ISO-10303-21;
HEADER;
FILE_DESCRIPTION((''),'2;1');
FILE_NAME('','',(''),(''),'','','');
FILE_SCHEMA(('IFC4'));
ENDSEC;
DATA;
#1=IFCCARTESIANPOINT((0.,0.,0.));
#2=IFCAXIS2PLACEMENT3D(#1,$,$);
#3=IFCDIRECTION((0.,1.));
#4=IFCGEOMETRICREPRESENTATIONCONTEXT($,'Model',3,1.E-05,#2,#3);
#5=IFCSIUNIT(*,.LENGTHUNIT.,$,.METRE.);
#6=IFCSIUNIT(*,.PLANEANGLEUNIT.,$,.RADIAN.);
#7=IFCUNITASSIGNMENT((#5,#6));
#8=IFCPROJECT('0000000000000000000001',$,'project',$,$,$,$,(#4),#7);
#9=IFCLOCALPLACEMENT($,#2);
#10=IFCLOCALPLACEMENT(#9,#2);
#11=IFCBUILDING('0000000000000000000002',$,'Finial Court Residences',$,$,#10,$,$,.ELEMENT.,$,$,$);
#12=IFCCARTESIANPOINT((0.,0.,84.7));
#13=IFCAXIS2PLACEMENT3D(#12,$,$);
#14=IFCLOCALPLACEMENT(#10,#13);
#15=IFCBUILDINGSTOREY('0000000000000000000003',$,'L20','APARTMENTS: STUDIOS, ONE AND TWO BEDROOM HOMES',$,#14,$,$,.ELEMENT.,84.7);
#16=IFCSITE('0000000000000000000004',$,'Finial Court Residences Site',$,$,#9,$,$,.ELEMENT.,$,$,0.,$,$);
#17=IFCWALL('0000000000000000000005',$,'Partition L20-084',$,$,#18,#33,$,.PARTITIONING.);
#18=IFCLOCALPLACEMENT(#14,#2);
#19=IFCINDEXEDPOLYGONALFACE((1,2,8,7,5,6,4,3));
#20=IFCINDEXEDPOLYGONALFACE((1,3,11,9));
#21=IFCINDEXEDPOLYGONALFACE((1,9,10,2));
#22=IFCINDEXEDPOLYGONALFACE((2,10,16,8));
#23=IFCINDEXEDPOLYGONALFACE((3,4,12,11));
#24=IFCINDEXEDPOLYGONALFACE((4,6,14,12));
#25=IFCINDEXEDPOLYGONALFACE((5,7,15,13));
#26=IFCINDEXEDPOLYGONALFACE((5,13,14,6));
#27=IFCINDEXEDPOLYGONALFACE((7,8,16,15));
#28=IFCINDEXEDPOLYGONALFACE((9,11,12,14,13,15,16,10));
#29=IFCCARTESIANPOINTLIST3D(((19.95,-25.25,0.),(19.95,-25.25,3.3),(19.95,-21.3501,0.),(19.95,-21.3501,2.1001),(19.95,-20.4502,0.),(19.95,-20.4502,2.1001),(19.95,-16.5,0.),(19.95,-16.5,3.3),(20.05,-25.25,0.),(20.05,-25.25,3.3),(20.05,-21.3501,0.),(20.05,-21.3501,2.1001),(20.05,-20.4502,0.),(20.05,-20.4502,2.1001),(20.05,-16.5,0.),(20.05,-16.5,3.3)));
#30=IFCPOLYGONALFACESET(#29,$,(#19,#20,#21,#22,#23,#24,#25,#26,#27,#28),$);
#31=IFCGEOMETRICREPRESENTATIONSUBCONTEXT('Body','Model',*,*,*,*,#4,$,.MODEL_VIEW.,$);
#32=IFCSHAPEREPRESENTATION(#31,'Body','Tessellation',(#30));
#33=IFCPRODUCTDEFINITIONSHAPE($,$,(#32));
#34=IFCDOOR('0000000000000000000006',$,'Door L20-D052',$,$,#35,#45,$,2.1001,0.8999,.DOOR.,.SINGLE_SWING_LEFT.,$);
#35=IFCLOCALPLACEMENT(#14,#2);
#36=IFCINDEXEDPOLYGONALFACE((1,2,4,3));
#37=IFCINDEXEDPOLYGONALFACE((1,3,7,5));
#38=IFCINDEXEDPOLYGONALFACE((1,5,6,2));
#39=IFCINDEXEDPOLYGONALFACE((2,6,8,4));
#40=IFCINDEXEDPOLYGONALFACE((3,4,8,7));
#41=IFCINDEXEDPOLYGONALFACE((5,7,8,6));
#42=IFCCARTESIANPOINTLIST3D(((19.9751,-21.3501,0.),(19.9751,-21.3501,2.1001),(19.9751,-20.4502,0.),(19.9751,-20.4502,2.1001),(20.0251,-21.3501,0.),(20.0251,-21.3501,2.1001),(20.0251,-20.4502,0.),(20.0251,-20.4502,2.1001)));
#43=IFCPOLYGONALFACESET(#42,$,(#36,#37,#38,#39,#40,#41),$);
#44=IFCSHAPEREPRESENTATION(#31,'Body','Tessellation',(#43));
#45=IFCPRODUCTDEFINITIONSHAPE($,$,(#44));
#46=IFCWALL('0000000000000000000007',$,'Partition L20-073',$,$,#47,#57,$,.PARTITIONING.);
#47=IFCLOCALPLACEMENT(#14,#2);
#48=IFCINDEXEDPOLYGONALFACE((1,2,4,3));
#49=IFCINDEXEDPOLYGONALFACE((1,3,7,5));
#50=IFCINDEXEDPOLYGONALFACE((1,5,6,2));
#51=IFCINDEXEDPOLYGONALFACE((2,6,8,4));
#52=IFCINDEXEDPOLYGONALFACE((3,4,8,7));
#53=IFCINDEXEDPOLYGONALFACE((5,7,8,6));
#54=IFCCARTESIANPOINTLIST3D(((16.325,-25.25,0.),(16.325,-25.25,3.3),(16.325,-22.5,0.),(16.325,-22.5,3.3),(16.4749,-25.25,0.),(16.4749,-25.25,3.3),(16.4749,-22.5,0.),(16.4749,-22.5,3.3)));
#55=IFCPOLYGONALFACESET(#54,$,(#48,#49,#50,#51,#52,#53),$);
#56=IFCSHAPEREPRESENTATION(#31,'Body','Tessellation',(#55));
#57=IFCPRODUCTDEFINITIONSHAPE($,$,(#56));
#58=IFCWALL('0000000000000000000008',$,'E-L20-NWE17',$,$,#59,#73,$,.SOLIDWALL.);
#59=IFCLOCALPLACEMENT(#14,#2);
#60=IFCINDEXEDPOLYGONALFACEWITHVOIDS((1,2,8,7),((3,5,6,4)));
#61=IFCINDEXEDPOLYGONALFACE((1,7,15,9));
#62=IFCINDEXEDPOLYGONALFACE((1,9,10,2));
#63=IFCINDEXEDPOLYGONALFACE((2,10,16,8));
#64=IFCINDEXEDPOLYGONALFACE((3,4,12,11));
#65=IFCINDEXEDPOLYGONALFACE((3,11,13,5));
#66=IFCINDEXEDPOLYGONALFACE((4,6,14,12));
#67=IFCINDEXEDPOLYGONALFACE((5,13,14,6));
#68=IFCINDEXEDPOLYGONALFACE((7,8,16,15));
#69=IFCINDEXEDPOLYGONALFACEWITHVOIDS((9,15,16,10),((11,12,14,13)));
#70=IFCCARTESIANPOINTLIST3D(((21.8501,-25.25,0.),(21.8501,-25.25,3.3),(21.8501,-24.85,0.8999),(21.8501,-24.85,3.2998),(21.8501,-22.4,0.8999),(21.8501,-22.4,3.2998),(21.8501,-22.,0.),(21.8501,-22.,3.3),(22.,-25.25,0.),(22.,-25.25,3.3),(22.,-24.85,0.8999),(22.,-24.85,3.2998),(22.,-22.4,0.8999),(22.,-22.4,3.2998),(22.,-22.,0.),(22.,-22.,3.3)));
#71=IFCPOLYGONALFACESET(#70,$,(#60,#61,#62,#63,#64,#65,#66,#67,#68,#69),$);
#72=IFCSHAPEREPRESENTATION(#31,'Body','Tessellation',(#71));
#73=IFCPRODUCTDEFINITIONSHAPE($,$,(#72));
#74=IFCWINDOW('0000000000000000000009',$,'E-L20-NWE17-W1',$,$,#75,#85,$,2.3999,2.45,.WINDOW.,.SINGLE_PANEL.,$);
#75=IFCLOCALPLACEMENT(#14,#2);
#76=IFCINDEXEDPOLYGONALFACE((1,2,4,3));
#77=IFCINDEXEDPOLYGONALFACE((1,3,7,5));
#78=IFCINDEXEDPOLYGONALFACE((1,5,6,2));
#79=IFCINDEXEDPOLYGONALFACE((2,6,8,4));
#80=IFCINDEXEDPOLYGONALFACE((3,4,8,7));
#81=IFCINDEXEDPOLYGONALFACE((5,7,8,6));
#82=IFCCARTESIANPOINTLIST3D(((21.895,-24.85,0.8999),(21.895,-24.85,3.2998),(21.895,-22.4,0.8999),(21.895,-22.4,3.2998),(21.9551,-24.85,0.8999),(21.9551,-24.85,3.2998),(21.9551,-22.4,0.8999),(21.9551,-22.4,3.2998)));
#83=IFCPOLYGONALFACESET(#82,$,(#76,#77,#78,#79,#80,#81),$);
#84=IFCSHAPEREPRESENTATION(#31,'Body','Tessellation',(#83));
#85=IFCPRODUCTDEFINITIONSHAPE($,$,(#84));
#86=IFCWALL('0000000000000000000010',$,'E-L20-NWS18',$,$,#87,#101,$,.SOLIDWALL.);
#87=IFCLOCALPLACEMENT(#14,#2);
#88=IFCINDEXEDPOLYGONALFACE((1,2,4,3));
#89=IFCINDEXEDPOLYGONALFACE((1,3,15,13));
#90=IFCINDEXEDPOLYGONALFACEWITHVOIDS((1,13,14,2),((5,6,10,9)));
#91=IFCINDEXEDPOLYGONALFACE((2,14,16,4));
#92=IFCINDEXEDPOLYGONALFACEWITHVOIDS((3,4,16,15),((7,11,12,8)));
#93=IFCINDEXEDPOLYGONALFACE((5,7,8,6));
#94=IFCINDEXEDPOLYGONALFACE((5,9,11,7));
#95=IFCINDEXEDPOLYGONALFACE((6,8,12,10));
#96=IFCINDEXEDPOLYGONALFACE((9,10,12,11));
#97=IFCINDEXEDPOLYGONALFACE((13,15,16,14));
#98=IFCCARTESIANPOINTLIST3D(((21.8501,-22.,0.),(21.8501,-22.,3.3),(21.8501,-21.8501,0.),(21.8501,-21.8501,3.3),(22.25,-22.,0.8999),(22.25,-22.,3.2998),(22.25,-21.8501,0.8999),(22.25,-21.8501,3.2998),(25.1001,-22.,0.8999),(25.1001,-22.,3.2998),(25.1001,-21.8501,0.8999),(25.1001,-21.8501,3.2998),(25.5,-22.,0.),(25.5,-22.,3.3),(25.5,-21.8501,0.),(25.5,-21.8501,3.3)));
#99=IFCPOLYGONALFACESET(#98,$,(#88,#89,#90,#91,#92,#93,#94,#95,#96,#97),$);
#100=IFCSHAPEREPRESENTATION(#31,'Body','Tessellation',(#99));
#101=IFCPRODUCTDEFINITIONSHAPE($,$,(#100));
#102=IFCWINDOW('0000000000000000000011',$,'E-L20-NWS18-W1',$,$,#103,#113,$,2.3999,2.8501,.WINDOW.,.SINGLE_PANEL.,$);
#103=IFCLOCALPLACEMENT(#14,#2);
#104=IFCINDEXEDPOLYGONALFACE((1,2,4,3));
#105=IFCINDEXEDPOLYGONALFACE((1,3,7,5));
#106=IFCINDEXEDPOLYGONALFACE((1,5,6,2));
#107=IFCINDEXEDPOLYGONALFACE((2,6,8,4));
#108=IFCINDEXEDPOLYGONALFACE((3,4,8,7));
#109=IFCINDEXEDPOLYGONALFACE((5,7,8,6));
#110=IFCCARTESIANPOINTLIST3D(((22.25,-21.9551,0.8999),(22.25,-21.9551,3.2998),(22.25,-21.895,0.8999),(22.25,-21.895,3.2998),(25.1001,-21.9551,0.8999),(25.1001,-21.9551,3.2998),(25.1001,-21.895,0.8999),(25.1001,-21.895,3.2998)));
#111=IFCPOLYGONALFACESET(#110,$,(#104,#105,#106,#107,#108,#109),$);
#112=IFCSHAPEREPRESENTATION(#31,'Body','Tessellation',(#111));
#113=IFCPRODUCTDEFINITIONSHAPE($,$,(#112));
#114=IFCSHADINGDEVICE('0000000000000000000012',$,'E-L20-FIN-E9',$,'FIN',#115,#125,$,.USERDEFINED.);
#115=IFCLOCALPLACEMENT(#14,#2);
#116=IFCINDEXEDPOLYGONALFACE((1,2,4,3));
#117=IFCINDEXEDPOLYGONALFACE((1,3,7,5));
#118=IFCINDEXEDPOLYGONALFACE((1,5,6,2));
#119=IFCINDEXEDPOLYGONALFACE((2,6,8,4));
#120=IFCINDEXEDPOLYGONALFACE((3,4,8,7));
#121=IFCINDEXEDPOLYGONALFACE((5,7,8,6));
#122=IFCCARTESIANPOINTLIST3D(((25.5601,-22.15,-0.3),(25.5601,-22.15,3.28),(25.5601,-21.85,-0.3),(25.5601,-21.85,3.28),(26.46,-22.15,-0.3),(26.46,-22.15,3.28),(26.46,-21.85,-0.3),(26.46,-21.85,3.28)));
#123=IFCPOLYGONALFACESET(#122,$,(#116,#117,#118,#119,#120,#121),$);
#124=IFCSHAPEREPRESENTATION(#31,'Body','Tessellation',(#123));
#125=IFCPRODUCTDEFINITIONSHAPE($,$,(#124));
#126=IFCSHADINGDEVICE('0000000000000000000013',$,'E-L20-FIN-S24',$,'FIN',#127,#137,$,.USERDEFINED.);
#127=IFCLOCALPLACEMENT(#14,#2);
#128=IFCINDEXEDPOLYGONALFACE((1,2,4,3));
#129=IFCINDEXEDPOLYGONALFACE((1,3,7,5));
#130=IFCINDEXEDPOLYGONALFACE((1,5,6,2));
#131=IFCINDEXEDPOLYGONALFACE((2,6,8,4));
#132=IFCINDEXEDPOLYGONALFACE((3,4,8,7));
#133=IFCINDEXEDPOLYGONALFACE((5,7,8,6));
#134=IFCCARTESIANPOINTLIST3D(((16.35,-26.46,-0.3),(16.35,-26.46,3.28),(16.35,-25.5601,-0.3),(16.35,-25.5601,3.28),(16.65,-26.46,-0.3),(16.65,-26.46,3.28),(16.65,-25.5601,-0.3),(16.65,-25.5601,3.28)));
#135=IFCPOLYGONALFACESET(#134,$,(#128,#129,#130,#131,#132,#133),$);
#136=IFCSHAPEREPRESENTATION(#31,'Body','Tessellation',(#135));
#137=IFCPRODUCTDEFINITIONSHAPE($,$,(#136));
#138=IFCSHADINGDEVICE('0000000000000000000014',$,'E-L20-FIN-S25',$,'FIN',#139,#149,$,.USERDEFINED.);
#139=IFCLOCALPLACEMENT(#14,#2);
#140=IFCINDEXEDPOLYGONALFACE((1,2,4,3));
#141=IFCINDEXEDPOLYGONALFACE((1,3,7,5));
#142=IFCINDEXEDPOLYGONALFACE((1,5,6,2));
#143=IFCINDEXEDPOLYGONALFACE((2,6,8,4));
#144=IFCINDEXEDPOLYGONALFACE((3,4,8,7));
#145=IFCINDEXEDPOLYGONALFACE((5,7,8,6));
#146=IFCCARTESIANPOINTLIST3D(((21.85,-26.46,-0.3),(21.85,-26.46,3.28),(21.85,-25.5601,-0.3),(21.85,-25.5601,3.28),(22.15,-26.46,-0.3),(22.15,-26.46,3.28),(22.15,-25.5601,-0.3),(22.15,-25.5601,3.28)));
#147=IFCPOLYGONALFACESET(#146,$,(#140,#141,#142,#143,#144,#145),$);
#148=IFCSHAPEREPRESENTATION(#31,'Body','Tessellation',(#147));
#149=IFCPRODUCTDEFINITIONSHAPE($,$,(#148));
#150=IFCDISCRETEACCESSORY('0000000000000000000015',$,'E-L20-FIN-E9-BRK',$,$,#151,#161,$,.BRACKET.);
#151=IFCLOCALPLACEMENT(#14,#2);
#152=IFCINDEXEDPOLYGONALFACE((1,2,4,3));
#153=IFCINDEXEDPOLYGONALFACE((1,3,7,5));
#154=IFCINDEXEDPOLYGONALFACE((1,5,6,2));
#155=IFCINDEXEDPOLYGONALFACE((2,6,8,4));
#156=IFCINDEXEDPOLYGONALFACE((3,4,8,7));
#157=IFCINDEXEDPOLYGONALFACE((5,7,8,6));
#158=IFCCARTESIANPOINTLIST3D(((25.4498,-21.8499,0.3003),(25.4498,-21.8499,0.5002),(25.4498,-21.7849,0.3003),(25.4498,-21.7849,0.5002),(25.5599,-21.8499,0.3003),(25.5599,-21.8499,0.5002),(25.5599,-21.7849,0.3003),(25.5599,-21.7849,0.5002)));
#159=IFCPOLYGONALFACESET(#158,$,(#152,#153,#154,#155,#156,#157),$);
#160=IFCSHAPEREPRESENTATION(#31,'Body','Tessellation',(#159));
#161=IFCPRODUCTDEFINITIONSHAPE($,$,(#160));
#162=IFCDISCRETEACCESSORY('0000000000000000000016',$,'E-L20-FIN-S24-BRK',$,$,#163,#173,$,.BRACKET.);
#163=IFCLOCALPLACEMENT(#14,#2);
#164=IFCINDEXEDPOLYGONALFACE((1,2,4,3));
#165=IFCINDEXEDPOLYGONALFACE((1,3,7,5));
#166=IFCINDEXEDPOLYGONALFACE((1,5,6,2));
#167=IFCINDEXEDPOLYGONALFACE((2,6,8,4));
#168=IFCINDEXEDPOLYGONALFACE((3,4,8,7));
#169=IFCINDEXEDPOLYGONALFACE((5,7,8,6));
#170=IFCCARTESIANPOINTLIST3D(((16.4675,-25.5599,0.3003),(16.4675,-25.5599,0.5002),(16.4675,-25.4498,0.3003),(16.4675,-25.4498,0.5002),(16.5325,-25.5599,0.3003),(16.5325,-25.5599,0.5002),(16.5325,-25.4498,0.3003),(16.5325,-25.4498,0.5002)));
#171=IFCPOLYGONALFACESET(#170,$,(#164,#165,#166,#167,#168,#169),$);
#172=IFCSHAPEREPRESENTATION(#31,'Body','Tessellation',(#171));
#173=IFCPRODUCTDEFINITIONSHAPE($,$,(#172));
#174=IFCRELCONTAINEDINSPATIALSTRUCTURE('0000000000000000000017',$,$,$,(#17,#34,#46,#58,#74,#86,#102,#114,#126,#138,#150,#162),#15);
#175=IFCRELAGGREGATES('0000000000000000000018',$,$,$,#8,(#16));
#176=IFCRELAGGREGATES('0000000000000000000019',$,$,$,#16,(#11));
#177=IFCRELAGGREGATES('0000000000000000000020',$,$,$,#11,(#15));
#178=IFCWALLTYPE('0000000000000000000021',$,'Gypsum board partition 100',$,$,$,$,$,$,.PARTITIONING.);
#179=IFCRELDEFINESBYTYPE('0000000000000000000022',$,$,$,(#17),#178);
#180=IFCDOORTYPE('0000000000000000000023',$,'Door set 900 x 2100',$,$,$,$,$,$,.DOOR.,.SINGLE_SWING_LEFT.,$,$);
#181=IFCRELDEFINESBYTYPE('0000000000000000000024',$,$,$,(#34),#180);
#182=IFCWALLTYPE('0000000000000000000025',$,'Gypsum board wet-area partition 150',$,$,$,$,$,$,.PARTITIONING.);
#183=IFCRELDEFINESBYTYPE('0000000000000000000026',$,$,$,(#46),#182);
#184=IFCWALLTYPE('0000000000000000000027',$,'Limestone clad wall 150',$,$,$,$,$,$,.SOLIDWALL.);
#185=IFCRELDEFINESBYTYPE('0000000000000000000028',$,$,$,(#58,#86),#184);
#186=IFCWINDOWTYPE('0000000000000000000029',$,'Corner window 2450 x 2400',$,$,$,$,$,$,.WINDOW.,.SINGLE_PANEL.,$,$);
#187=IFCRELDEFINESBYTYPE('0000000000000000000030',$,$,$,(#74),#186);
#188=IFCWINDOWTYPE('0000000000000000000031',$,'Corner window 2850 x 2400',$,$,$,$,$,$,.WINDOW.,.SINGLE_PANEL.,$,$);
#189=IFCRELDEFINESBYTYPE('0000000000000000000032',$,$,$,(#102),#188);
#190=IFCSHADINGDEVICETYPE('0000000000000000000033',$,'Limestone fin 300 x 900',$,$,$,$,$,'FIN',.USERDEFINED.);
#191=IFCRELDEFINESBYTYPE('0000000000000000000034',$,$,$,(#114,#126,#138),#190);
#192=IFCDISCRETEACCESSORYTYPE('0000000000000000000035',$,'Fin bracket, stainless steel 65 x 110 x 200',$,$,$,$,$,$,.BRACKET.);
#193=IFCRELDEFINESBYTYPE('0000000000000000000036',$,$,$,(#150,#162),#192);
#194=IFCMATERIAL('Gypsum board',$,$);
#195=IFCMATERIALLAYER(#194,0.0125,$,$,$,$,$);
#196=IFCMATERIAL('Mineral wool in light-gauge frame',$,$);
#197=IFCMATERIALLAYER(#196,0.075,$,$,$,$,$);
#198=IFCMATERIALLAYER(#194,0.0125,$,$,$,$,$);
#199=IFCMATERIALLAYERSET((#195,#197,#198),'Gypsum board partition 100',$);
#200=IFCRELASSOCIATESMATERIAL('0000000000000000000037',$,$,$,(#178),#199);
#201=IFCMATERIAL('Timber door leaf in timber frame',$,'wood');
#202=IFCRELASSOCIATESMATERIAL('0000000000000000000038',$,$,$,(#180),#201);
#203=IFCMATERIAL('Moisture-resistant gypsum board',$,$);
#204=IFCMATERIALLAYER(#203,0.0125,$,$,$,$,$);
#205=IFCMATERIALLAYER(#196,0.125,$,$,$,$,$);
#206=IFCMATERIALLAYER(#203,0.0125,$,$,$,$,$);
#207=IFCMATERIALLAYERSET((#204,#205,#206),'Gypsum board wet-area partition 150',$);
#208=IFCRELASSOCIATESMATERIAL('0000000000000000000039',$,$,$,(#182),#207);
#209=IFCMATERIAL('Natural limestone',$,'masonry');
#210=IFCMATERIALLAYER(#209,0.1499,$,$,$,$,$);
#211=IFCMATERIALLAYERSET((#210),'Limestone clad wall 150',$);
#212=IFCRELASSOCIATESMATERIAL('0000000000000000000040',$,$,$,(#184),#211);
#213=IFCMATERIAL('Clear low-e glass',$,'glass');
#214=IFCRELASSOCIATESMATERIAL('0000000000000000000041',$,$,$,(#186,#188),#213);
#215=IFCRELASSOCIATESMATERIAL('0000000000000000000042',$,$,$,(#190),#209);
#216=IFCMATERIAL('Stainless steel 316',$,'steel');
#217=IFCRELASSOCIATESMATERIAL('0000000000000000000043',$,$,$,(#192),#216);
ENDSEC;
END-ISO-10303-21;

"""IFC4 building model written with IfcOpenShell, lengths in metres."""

from ifc_helpers import new_model, si_unit, direction, frame, frame_2d, origin, origin_2d, place, context, subcontext, project, spatial, rectangle, extrude, material, layer, layer_set, type_object, element, fill, save


model = new_model("IFC4")

# Units and contexts
model_context = context("Model", 3, precision=1e-05, world=origin(), true_north=direction((0.0, 1.0)))
body_context = subcontext(model_context, "Body", "Model", "MODEL_VIEW")
ifc_project = project(units=[si_unit("LENGTHUNIT", "METRE"), si_unit("PLANEANGLEUNIT", "RADIAN")], contexts=[model_context])

# Site, building, storey
site_placement = place(None, origin())
site = spatial("IfcSite", under=ifc_project, at=site_placement, Name="Finial Court Residences Site", CompositionType="ELEMENT", RefElevation=0.0)
building_placement = place(site_placement, origin())
building = spatial("IfcBuilding", under=site, at=building_placement, Name="Finial Court Residences", CompositionType="ELEMENT")
storey_placement = place(building_placement, frame((0.0, 0.0, 84.7)))
storey = spatial("IfcBuildingStorey", under=building, at=storey_placement, Name="L20", Description="APARTMENTS: STUDIOS, ONE AND TWO BEDROOM HOMES", CompositionType="ELEMENT", Elevation=84.7)

# Shared definitions
ifc_material_1 = material(Name="Clear low-e glass", Category="glass")

# Shared definitions
ifc_material_2 = material(Name="Gypsum board")
ifc_layer_1 = layer(ifc_material_2, 0.0125)
ifc_material_3 = material(Name="Mineral wool in light-gauge frame")
ifc_layer_2 = layer(ifc_material_3, 0.075)
ifc_layer_3 = layer(ifc_material_2, 0.0125)
ifc_layer_set_1 = layer_set([ifc_layer_1, ifc_layer_2, ifc_layer_3], Name="Gypsum board partition 100")
wall_type_1 = type_object("IfcWallType", Name="Gypsum board partition 100", PredefinedType="PARTITIONING", material=ifc_layer_set_1)

# Wall, opening, door
wall_1_placement = place(storey_placement, frame((20.0, -25.25, 0.0), z_axis=(0.0, 0.0, 1.0), x_axis=(0.0, 1.0, 0.0)))
wall_1 = element("IfcWall", 1, at=wall_1_placement, inside=storey, type_object=wall_type_1, Name="Partition L20-084", PredefinedType="PARTITIONING", context=body_context, shape_type="SweptSolid", body=[
    extrude(rectangle(XDim=8.75, YDim=0.1001, at=frame_2d((4.375, 0.0))), origin(), (0.0, 0.0, 1.0), 3.3),
])
opening_1_placement = place(wall_1_placement, frame((3.8999, 0.0, 0.0)))
opening_1 = element("IfcOpeningElement", 2, at=opening_1_placement, cuts=wall_1, PredefinedType="OPENING", context=body_context, shape_type="SweptSolid", body=[
    extrude(rectangle(XDim=0.8999, YDim=2.1001, at=frame_2d((0.45, 1.05))), frame((0.0, 0.0601, 0.0), z_axis=(0.0, -1.0, 0.0), x_axis=(1.0, 0.0, 0.0)), (0.0, 0.0, 1.0), 0.1201),
])
ifc_material_4 = material(Name="Timber door leaf in timber frame", Category="wood")
door_type = type_object("IfcDoorType", Name="Door set 900 x 2100", OperationType="SINGLE_SWING_LEFT", PredefinedType="DOOR", material=ifc_material_4)
door_placement = place(opening_1_placement, origin())
door = element("IfcDoor", 3, at=door_placement, inside=storey, type_object=door_type, Name="Door L20-D052", OperationType="SINGLE_SWING_LEFT", OverallHeight=2.1001, OverallWidth=0.8999, PredefinedType="DOOR", context=body_context, shape_type="SweptSolid", body=[
    extrude(rectangle(XDim=0.8999, YDim=2.1001, at=frame_2d((0.45, 1.05))), frame((0.0, 0.0249, 0.0), z_axis=(0.0, -1.0, 0.0), x_axis=(1.0, 0.0, 0.0)), (0.0, 0.0, 1.0), 0.05),
])
fill(opening_1, door)

# Wall
ifc_material_5 = material(Name="Moisture-resistant gypsum board")
ifc_layer_4 = layer(ifc_material_5, 0.0125)
ifc_layer_5 = layer(ifc_material_3, 0.125)
ifc_layer_6 = layer(ifc_material_5, 0.0125)
ifc_layer_set_2 = layer_set([ifc_layer_4, ifc_layer_5, ifc_layer_6], Name="Gypsum board wet-area partition 150")
wall_type_2 = type_object("IfcWallType", Name="Gypsum board wet-area partition 150", PredefinedType="PARTITIONING", material=ifc_layer_set_2)
wall_2_placement = place(storey_placement, frame((16.3999, -25.25, 0.0), z_axis=(0.0, 0.0, 1.0), x_axis=(0.0, 1.0, 0.0)))
element("IfcWall", 4, at=wall_2_placement, inside=storey, type_object=wall_type_2, Name="Partition L20-073", PredefinedType="PARTITIONING", context=body_context, shape_type="SweptSolid", body=[
    extrude(rectangle(XDim=2.75, YDim=0.1499, at=frame_2d((1.375, 0.0))), origin(), (0.0, 0.0, 1.0), 3.3),
])

# Walls, openings, windows
ifc_material_6 = material(Name="Natural limestone", Category="masonry")
ifc_layer_7 = layer(ifc_material_6, 0.1499)
ifc_layer_set_3 = layer_set([ifc_layer_7], Name="Limestone clad wall 150")
wall_type_3 = type_object("IfcWallType", Name="Limestone clad wall 150", PredefinedType="SOLIDWALL", material=ifc_layer_set_3)
wall_3_placement = place(storey_placement, frame((21.925, -22.0, 0.0), z_axis=(0.0, 0.0, 1.0), x_axis=(0.0, -1.0, 0.0)))
wall_3 = element("IfcWall", 5, at=wall_3_placement, inside=storey, type_object=wall_type_3, Name="E-L20-NWE17", PredefinedType="SOLIDWALL", context=body_context, shape_type="SweptSolid", body=[
    extrude(rectangle(XDim=3.25, YDim=0.1499, at=frame_2d((1.625, 0.0))), origin(), (0.0, 0.0, 1.0), 3.3),
])
opening_2_placement = place(wall_3_placement, frame((0.3999, 0.0, 0.8999)))
opening_2 = element("IfcOpeningElement", 6, at=opening_2_placement, cuts=wall_3, PredefinedType="OPENING", context=body_context, shape_type="SweptSolid", body=[
    extrude(rectangle(XDim=2.45, YDim=2.3999, at=frame_2d((1.2251, 1.2))), frame((0.0, 0.085, 0.0), z_axis=(0.0, -1.0, 0.0), x_axis=(1.0, 0.0, 0.0)), (0.0, 0.0, 1.0), 0.1699),
])
window_type_1 = type_object("IfcWindowType", Name="Corner window 2450 x 2400", PartitioningType="SINGLE_PANEL", PredefinedType="WINDOW", material=ifc_material_1)
window_1_placement = place(opening_2_placement, origin())
window_1 = element("IfcWindow", 7, at=window_1_placement, inside=storey, type_object=window_type_1, Name="E-L20-NWE17-W1", OverallHeight=2.3999, OverallWidth=2.45, PartitioningType="SINGLE_PANEL", PredefinedType="WINDOW", context=body_context, shape_type="SweptSolid", body=[
    extrude(rectangle(XDim=2.45, YDim=2.3999, at=frame_2d((1.2251, 1.2))), frame((0.0, 0.03, 0.0), z_axis=(0.0, -1.0, 0.0), x_axis=(1.0, 0.0, 0.0)), (0.0, 0.0, 1.0), 0.0601),
])
fill(opening_2, window_1)
wall_4_placement = place(storey_placement, frame((25.5, -21.925, 0.0), z_axis=(0.0, 0.0, 1.0), x_axis=(-1.0, 0.0, 0.0)))
wall_4 = element("IfcWall", 8, at=wall_4_placement, inside=storey, type_object=wall_type_3, Name="E-L20-NWS18", PredefinedType="SOLIDWALL", context=body_context, shape_type="SweptSolid", body=[
    extrude(rectangle(XDim=3.6499, YDim=0.1499, at=frame_2d((1.825, 0.0))), origin(), (0.0, 0.0, 1.0), 3.3),
])
opening_3_placement = place(wall_4_placement, frame((0.3999, 0.0, 0.8999)))
opening_3 = element("IfcOpeningElement", 9, at=opening_3_placement, cuts=wall_4, PredefinedType="OPENING", context=body_context, shape_type="SweptSolid", body=[
    extrude(rectangle(XDim=2.8501, YDim=2.3999, at=frame_2d((1.425, 1.2))), frame((0.0, 0.085, 0.0), z_axis=(0.0, -1.0, 0.0), x_axis=(1.0, 0.0, 0.0)), (0.0, 0.0, 1.0), 0.1699),
])
window_type_2 = type_object("IfcWindowType", Name="Corner window 2850 x 2400", PartitioningType="SINGLE_PANEL", PredefinedType="WINDOW", material=ifc_material_1)
window_2_placement = place(opening_3_placement, origin())
window_2 = element("IfcWindow", 10, at=window_2_placement, inside=storey, type_object=window_type_2, Name="E-L20-NWS18-W1", OverallHeight=2.3999, OverallWidth=2.8501, PartitioningType="SINGLE_PANEL", PredefinedType="WINDOW", context=body_context, shape_type="SweptSolid", body=[
    extrude(rectangle(XDim=2.8501, YDim=2.3999, at=frame_2d((1.425, 1.2))), frame((0.0, 0.03, 0.0), z_axis=(0.0, -1.0, 0.0), x_axis=(1.0, 0.0, 0.0)), (0.0, 0.0, 1.0), 0.0601),
])
fill(opening_3, window_2)

# Shading devices
shading_device_type = type_object("IfcShadingDeviceType", Name="Limestone fin 300 x 900", ElementType="FIN", PredefinedType="USERDEFINED", material=ifc_material_6)
shading_device_placement = place(storey_placement, frame((26.01, -22.0, -0.3), z_axis=(0.0, 0.0, 1.0), x_axis=(1.0, 0.0, 0.0)))
element("IfcShadingDevice", 11, at=shading_device_placement, inside=storey, type_object=shading_device_type, Name="E-L20-FIN-E9", ObjectType="FIN", PredefinedType="USERDEFINED", context=body_context, shape_type="SweptSolid", body=[
    extrude(rectangle(XDim=0.8999, YDim=0.3, at=origin_2d()), origin(), (0.0, 0.0, 1.0), 3.5801),
])
for number, where, z_axis, x_axis, name in (
    (12, (16.5, -26.01, -0.3), (0.0, 0.0, 1.0), (1.0, 0.0, 0.0), "E-L20-FIN-S24"),
    (13, (22.0, -26.01, -0.3), (0.0, 0.0, 1.0), (1.0, 0.0, 0.0), "E-L20-FIN-S25"),
):
    element("IfcShadingDevice", number, at=place(storey_placement, frame(where, z_axis=z_axis, x_axis=x_axis)), inside=storey, type_object=shading_device_type, Name=name, ObjectType="FIN", PredefinedType="USERDEFINED", context=body_context, shape_type="SweptSolid", body=[
        extrude(rectangle(XDim=0.3, YDim=0.8999, at=origin_2d()), origin(), (0.0, 0.0, 1.0), 3.5801),
    ])

# Discrete accessories
ifc_material_7 = material(Name="Stainless steel 316", Category="steel")
discrete_accessory_type = type_object("IfcDiscreteAccessoryType", Name="Fin bracket, stainless steel 65 x 110 x 200", PredefinedType="BRACKET", material=ifc_material_7)
discrete_accessory_placement = place(storey_placement, frame((25.5049, -21.8174, 0.3003), z_axis=(0.0, 0.0, 1.0), x_axis=(1.0, 0.0, 0.0)))
element("IfcDiscreteAccessory", 14, at=discrete_accessory_placement, inside=storey, type_object=discrete_accessory_type, Name="E-L20-FIN-E9-BRK", PredefinedType="BRACKET", context=body_context, shape_type="SweptSolid", body=[
    extrude(rectangle(XDim=0.1101, YDim=0.0649, at=origin_2d()), origin(), (0.0, 0.0, 1.0), 0.2),
])
for number, where, z_axis, x_axis, name in (
    (15, (16.5, -25.5049, 0.3003), (0.0, 0.0, 1.0), (1.0, 0.0, 0.0), "E-L20-FIN-S24-BRK"),
):
    element("IfcDiscreteAccessory", number, at=place(storey_placement, frame(where, z_axis=z_axis, x_axis=x_axis)), inside=storey, type_object=discrete_accessory_type, Name=name, PredefinedType="BRACKET", context=body_context, shape_type="SweptSolid", body=[
        extrude(rectangle(XDim=0.0649, YDim=0.1101, at=origin_2d()), origin(), (0.0, 0.0, 1.0), 0.2),
    ])

save(model, "model.ifc")
